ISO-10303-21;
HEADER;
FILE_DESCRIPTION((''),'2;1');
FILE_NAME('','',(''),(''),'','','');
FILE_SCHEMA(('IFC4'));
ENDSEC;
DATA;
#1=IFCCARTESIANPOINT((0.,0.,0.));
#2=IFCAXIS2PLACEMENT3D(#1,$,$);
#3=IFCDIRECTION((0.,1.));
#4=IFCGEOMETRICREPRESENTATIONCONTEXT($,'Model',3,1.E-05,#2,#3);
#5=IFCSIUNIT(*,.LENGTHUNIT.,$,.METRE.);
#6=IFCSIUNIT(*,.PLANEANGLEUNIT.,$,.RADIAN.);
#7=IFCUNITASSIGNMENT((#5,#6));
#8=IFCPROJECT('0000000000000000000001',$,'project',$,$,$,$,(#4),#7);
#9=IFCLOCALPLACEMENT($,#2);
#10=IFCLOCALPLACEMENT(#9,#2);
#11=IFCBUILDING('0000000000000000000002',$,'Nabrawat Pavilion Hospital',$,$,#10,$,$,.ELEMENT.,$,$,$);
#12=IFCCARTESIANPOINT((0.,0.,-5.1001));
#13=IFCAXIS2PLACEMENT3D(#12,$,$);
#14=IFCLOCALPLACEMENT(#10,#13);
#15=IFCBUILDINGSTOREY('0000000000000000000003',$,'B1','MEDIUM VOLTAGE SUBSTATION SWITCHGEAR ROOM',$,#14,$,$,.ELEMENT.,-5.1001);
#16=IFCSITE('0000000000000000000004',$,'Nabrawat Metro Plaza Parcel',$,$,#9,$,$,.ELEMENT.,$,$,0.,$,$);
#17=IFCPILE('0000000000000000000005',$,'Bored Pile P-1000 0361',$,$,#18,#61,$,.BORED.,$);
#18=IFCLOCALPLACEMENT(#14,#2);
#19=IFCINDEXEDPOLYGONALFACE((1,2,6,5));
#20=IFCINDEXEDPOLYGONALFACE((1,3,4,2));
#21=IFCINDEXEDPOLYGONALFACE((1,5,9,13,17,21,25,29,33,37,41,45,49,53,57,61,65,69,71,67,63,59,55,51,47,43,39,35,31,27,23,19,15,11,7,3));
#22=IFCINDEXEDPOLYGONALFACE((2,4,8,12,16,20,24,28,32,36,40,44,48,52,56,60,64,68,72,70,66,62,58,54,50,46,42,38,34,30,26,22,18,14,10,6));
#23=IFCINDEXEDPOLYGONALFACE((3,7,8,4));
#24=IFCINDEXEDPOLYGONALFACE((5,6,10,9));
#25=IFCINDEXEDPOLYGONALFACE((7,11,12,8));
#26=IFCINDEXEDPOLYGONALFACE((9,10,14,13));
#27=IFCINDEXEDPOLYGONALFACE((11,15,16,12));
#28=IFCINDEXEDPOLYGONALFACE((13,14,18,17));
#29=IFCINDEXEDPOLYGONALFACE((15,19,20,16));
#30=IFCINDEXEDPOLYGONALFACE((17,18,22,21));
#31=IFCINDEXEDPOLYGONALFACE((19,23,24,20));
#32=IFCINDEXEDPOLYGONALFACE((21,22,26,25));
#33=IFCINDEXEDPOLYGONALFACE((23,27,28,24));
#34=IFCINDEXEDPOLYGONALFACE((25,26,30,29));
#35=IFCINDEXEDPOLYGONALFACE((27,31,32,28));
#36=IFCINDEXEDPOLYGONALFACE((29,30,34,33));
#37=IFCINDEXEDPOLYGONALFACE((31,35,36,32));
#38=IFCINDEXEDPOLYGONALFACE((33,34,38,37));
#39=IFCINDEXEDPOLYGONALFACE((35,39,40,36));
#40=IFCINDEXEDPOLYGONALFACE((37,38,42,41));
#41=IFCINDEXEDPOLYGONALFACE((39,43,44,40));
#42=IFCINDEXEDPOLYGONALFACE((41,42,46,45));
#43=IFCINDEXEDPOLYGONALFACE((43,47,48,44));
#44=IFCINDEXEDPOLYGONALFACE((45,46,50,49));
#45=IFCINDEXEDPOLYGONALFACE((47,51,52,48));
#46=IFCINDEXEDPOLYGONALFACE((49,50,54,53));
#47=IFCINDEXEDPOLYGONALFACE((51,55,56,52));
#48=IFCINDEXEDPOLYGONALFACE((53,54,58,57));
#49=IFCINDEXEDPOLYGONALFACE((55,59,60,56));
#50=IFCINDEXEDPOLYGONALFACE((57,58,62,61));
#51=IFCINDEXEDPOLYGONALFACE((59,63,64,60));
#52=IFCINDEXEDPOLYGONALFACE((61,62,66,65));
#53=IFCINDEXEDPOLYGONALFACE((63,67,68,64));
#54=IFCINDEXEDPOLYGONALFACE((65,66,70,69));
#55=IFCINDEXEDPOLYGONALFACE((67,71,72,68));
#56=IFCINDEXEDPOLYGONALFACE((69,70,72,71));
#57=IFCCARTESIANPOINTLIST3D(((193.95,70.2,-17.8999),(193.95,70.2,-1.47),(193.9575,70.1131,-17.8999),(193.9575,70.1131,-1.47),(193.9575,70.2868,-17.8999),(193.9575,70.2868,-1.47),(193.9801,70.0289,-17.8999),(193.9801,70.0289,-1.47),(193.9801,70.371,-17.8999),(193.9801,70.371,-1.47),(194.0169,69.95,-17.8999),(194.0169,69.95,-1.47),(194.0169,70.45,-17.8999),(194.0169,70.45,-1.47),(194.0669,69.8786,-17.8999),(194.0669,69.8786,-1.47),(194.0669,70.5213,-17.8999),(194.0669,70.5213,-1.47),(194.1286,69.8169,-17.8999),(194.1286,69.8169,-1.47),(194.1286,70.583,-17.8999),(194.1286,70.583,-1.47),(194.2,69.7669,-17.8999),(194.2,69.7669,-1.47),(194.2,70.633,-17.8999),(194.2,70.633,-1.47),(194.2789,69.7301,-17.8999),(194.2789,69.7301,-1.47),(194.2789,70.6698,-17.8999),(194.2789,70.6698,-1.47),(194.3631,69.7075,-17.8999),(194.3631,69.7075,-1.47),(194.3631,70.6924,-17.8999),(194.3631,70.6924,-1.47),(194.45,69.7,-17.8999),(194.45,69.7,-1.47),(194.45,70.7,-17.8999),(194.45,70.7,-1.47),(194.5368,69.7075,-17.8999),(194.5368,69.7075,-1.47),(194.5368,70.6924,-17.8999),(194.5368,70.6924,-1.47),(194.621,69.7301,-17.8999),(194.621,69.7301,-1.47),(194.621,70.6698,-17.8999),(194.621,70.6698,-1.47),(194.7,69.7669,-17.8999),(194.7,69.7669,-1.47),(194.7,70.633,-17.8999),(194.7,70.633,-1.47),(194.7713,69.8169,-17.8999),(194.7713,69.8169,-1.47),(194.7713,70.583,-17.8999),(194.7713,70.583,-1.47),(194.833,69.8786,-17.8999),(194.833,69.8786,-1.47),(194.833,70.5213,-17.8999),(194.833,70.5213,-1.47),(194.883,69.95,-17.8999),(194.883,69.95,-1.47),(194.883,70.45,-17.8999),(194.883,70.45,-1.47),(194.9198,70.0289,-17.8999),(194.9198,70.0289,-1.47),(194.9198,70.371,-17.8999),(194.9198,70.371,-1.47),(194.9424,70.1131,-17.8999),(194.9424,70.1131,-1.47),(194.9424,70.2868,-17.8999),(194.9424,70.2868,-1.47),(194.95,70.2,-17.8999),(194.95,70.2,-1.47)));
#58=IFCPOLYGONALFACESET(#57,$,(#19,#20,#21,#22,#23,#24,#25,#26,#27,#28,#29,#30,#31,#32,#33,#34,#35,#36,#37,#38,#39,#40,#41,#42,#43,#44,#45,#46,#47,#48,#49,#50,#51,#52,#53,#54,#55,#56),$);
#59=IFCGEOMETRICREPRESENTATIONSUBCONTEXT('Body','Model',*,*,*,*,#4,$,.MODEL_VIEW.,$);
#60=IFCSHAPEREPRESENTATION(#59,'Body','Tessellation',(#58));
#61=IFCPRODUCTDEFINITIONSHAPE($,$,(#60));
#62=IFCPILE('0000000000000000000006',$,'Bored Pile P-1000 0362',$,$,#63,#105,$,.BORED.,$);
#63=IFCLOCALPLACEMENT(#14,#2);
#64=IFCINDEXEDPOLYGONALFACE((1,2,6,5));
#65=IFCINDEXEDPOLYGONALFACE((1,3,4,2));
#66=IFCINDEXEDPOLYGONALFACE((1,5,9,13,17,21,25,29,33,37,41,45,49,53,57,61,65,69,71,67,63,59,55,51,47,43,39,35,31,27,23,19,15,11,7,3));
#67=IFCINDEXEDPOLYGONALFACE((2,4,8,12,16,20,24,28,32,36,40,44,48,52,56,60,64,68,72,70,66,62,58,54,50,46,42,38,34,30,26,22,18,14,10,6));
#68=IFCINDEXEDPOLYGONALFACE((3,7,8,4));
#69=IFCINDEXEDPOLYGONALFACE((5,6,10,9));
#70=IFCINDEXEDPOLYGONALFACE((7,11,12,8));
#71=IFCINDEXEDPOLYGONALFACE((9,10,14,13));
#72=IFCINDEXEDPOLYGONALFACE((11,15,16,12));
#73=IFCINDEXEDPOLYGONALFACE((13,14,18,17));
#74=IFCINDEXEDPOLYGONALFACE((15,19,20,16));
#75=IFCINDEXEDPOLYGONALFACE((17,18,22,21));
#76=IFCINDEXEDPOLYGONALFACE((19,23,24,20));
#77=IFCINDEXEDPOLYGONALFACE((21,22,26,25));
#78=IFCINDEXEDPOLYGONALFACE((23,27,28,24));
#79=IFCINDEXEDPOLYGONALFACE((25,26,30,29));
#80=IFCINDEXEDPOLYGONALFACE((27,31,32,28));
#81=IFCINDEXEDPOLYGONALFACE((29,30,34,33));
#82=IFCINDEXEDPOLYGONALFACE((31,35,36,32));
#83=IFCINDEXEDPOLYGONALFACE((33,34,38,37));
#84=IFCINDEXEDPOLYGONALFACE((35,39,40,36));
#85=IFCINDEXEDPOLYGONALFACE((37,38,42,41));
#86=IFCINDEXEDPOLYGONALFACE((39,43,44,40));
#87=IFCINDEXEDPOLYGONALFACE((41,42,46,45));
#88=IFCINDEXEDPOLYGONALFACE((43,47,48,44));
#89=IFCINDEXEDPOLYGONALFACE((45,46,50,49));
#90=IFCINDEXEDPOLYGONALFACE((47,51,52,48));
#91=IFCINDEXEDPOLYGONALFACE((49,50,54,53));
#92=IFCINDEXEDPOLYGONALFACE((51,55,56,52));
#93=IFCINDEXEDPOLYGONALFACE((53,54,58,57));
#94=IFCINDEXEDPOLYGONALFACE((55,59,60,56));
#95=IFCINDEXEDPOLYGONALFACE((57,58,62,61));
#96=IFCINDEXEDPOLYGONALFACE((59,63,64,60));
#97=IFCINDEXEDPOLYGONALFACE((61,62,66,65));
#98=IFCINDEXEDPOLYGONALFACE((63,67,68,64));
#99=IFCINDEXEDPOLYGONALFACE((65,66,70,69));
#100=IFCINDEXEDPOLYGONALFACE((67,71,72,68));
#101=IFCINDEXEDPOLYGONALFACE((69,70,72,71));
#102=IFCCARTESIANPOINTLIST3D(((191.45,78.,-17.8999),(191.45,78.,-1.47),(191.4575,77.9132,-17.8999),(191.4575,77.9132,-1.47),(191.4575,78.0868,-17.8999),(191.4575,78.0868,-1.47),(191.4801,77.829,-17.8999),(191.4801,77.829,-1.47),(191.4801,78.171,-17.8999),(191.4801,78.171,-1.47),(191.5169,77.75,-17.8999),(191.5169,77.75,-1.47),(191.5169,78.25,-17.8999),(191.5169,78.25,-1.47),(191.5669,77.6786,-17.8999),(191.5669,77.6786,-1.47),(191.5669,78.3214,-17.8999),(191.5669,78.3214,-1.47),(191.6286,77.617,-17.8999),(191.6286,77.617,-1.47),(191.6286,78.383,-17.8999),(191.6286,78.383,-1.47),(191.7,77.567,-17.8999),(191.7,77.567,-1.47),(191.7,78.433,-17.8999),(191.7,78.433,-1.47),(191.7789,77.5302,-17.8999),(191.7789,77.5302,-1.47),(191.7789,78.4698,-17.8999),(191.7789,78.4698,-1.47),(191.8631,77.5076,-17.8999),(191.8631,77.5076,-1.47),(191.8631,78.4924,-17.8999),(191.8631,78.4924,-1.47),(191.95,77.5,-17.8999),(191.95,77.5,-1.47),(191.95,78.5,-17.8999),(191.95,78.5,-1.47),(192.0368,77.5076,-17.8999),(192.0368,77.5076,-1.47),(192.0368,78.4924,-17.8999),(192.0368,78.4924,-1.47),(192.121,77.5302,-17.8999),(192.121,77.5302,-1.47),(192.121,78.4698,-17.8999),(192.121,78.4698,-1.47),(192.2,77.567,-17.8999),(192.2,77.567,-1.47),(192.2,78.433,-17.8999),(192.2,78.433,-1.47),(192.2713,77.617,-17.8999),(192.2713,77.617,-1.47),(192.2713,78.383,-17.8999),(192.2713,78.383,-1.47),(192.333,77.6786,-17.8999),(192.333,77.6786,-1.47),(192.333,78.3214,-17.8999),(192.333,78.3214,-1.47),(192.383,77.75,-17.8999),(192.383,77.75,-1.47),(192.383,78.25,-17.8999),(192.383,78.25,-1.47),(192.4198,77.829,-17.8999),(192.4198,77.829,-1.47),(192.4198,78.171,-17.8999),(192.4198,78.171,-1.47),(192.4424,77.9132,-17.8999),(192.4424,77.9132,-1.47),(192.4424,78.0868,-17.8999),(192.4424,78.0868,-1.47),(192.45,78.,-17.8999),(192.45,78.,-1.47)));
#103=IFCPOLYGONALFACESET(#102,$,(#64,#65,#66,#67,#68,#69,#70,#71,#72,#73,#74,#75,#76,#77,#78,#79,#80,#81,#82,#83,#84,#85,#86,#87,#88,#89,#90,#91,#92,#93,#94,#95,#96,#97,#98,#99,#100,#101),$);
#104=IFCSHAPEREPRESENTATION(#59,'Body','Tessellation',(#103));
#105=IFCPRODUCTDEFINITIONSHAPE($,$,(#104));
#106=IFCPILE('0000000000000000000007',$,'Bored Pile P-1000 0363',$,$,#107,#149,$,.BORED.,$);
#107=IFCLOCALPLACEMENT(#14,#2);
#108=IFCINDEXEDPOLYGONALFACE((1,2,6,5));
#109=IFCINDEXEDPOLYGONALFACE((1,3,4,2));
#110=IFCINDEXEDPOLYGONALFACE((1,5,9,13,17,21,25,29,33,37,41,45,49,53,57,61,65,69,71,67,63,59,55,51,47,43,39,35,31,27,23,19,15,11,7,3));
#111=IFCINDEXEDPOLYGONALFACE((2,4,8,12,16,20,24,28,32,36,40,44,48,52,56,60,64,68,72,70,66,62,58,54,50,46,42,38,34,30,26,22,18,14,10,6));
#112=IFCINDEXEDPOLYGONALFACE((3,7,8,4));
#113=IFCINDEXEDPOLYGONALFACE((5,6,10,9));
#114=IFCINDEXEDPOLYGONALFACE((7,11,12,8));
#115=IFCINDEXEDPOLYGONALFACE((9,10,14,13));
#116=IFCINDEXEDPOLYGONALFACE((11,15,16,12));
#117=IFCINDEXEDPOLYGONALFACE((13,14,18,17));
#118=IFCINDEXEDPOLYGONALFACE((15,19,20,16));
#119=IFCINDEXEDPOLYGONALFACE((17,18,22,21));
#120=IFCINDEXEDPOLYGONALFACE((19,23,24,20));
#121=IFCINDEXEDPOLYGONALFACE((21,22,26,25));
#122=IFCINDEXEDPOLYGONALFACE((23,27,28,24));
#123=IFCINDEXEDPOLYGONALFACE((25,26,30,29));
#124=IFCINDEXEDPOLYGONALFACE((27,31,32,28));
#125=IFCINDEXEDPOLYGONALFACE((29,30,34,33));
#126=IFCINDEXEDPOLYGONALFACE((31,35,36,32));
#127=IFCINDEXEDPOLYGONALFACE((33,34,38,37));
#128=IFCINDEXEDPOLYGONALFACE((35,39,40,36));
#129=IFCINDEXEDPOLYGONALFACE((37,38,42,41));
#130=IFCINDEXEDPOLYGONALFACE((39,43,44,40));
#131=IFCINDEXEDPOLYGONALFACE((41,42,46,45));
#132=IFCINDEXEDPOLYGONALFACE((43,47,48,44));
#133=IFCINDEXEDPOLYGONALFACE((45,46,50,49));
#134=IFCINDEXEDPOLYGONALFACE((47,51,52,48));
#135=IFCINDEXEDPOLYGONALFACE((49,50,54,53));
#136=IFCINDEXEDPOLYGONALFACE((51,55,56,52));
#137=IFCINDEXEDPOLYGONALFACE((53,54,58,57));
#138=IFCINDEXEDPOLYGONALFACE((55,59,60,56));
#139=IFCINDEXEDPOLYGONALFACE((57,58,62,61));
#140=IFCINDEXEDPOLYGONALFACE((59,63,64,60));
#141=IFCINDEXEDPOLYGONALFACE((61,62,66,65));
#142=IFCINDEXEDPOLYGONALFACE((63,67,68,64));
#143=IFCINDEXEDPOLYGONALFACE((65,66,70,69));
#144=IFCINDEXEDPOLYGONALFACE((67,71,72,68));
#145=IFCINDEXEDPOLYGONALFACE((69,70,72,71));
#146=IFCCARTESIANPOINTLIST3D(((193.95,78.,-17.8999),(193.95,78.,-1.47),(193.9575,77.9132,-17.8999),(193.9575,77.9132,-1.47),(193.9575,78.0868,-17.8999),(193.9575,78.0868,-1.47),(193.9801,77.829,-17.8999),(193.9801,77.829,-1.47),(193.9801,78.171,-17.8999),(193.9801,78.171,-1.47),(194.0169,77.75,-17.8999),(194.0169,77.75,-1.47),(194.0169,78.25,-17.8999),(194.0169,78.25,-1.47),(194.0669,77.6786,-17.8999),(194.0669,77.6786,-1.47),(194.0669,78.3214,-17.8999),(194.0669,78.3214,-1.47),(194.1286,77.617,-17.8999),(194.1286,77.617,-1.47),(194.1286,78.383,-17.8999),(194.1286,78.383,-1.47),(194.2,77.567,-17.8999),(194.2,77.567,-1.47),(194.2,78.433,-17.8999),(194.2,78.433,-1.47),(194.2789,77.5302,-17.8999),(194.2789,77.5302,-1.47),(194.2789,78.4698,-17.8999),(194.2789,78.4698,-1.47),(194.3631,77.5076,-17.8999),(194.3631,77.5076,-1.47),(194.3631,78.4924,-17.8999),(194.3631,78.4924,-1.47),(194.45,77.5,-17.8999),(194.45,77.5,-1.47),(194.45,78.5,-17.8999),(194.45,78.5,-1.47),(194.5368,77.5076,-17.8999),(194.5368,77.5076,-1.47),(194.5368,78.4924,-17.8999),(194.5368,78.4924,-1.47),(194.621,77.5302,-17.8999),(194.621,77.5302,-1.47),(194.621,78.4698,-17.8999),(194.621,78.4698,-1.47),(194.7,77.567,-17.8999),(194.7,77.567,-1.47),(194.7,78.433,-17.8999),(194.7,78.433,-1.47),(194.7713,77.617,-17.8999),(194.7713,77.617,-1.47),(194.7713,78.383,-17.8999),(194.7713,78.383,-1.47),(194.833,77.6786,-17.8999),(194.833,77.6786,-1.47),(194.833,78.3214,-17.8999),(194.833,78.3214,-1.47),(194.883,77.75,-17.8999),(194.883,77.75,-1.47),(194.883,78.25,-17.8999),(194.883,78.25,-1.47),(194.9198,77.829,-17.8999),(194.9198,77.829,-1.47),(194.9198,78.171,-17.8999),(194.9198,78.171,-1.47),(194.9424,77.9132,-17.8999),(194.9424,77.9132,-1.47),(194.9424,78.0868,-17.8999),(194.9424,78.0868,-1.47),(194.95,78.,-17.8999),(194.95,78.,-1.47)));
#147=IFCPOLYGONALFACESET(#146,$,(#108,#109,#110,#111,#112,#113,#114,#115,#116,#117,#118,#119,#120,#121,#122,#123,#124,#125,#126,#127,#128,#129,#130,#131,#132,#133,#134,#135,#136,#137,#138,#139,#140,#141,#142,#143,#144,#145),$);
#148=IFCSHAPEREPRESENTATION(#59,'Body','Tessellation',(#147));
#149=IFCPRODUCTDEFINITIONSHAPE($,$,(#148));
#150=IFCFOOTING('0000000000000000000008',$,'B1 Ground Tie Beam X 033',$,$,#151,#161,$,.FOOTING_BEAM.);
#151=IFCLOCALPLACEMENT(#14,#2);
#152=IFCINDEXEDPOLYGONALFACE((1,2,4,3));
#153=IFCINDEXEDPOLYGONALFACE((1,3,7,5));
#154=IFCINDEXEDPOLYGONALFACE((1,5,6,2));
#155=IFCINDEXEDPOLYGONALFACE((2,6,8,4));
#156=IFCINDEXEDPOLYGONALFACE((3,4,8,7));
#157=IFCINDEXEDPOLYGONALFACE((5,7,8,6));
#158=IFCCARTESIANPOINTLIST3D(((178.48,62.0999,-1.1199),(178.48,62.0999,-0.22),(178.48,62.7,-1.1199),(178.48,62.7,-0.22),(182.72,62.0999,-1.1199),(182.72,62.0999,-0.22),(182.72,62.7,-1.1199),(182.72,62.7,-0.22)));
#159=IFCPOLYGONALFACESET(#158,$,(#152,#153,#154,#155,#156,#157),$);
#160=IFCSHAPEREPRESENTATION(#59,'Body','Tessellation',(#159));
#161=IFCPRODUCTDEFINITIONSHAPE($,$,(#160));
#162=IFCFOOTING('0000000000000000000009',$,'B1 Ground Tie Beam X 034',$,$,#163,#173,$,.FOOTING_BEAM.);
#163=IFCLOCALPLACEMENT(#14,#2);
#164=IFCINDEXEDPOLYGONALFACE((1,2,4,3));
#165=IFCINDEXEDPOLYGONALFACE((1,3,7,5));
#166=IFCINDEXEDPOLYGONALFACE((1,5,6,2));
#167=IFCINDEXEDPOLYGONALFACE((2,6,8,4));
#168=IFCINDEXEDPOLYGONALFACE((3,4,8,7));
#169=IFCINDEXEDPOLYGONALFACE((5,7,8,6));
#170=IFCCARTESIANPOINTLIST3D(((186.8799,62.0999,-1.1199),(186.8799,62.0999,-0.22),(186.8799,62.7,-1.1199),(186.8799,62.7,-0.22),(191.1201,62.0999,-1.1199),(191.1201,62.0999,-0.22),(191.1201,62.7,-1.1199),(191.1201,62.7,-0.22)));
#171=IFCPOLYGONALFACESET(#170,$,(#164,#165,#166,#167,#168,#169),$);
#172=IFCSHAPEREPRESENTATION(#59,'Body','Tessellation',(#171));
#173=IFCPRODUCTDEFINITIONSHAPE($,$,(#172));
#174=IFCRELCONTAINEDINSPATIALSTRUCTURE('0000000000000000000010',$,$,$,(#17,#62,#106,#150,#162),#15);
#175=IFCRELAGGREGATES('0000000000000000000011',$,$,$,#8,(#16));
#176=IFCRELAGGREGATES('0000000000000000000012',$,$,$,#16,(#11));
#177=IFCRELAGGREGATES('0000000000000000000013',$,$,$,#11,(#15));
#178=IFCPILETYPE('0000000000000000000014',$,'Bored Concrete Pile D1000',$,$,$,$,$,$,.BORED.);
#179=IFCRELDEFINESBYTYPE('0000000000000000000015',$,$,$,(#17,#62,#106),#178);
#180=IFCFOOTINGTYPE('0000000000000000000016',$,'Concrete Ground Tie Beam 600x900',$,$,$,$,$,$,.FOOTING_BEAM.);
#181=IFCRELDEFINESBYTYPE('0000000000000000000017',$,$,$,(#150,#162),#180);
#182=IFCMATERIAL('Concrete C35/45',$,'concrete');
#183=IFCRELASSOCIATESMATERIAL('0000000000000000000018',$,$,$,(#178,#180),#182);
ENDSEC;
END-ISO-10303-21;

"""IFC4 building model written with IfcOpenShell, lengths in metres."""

from ifc_helpers import new_model, si_unit, direction, frame, origin, origin_2d, place, context, subcontext, project, spatial, rectangle, circle, extrude, material, material_profile, profile_set, type_object, element, save


model = new_model("IFC4")

# Units and contexts
model_context = context("Model", 3, precision=1e-05, world=origin(), true_north=direction((0.0, 1.0)))
body_context = subcontext(model_context, "Body", "Model", "MODEL_VIEW")
ifc_project = project(units=[si_unit("LENGTHUNIT", "METRE"), si_unit("PLANEANGLEUNIT", "RADIAN")], contexts=[model_context])

# Site, building, storey
site_placement = place(None, origin())
site = spatial("IfcSite", under=ifc_project, at=site_placement, Name="Nabrawat Metro Plaza Parcel", CompositionType="ELEMENT", RefElevation=0.0)
building_placement = place(site_placement, origin())
building = spatial("IfcBuilding", under=site, at=building_placement, Name="Nabrawat Pavilion Hospital", CompositionType="ELEMENT")
storey_placement = place(building_placement, frame((0.0, 0.0, -5.1001)))
storey = spatial("IfcBuildingStorey", under=building, at=storey_placement, Name="B1", Description="MEDIUM VOLTAGE SUBSTATION SWITCHGEAR ROOM", CompositionType="ELEMENT", Elevation=-5.1001)

# Piles
ifc_material_1 = material(Name="Concrete C35/45", Category="concrete")
ifc_material_profile_1 = material_profile(ifc_material_1, circle(Radius=0.5, at=origin_2d()), Name="DIA 1000")
ifc_profile_set_1 = profile_set([ifc_material_profile_1], Name="Concrete C35/45")
pile_type = type_object("IfcPileType", Name="Bored Concrete Pile D1000", PredefinedType="BORED", material=ifc_profile_set_1)
for number, where, z_axis, x_axis, name in (
    (1, (194.45, 70.2, -1.47), (0.0, 0.0, -1.0), (1.0, 0.0, 0.0), "Bored Pile P-1000 0361"),
    (2, (191.95, 78.0, -1.47), (0.0, 0.0, -1.0), (1.0, 0.0, 0.0), "Bored Pile P-1000 0362"),
    (3, (194.45, 78.0, -1.47), (0.0, 0.0, -1.0), (1.0, 0.0, 0.0), "Bored Pile P-1000 0363"),
):
    element("IfcPile", number, at=place(storey_placement, frame(where, z_axis=z_axis, x_axis=x_axis)), inside=storey, type_object=pile_type, Name=name, PredefinedType="BORED", context=body_context, shape_type="SweptSolid", body=[
        extrude(circle(Radius=0.5, at=origin_2d()), origin(), (0.0, 0.0, 1.0), 16.4299),
    ])

# Footings
ifc_material_profile_2 = material_profile(ifc_material_1, rectangle(XDim=0.6001, YDim=0.8999, at=origin_2d()), Name="RC 600x900")
ifc_profile_set_2 = profile_set([ifc_material_profile_2], Name="Concrete C35/45")
footing_type = type_object("IfcFootingType", Name="Concrete Ground Tie Beam 600x900", PredefinedType="FOOTING_BEAM", material=ifc_profile_set_2)
footing_1_placement = place(storey_placement, frame((178.48, 62.3999, -0.6699), z_axis=(1.0, 0.0, 0.0), x_axis=(0.0, 1.0, 0.0)))
element("IfcFooting", 4, at=footing_1_placement, inside=storey, type_object=footing_type, Name="B1 Ground Tie Beam X 033", PredefinedType="FOOTING_BEAM", context=body_context, shape_type="SweptSolid", body=[
    extrude(rectangle(XDim=0.6001, YDim=0.8999, at=origin_2d()), origin(), (0.0, 0.0, 1.0), 4.24),
])
footing_2_placement = place(storey_placement, frame((186.8799, 62.3999, -0.6699), z_axis=(1.0, 0.0, 0.0), x_axis=(0.0, 1.0, 0.0)))
element("IfcFooting", 5, at=footing_2_placement, inside=storey, type_object=footing_type, Name="B1 Ground Tie Beam X 034", PredefinedType="FOOTING_BEAM", context=body_context, shape_type="SweptSolid", body=[
    extrude(rectangle(XDim=0.6001, YDim=0.8999, at=origin_2d()), origin(), (0.0, 0.0, 1.0), 4.2402),
])

save(model, "model.ifc")
